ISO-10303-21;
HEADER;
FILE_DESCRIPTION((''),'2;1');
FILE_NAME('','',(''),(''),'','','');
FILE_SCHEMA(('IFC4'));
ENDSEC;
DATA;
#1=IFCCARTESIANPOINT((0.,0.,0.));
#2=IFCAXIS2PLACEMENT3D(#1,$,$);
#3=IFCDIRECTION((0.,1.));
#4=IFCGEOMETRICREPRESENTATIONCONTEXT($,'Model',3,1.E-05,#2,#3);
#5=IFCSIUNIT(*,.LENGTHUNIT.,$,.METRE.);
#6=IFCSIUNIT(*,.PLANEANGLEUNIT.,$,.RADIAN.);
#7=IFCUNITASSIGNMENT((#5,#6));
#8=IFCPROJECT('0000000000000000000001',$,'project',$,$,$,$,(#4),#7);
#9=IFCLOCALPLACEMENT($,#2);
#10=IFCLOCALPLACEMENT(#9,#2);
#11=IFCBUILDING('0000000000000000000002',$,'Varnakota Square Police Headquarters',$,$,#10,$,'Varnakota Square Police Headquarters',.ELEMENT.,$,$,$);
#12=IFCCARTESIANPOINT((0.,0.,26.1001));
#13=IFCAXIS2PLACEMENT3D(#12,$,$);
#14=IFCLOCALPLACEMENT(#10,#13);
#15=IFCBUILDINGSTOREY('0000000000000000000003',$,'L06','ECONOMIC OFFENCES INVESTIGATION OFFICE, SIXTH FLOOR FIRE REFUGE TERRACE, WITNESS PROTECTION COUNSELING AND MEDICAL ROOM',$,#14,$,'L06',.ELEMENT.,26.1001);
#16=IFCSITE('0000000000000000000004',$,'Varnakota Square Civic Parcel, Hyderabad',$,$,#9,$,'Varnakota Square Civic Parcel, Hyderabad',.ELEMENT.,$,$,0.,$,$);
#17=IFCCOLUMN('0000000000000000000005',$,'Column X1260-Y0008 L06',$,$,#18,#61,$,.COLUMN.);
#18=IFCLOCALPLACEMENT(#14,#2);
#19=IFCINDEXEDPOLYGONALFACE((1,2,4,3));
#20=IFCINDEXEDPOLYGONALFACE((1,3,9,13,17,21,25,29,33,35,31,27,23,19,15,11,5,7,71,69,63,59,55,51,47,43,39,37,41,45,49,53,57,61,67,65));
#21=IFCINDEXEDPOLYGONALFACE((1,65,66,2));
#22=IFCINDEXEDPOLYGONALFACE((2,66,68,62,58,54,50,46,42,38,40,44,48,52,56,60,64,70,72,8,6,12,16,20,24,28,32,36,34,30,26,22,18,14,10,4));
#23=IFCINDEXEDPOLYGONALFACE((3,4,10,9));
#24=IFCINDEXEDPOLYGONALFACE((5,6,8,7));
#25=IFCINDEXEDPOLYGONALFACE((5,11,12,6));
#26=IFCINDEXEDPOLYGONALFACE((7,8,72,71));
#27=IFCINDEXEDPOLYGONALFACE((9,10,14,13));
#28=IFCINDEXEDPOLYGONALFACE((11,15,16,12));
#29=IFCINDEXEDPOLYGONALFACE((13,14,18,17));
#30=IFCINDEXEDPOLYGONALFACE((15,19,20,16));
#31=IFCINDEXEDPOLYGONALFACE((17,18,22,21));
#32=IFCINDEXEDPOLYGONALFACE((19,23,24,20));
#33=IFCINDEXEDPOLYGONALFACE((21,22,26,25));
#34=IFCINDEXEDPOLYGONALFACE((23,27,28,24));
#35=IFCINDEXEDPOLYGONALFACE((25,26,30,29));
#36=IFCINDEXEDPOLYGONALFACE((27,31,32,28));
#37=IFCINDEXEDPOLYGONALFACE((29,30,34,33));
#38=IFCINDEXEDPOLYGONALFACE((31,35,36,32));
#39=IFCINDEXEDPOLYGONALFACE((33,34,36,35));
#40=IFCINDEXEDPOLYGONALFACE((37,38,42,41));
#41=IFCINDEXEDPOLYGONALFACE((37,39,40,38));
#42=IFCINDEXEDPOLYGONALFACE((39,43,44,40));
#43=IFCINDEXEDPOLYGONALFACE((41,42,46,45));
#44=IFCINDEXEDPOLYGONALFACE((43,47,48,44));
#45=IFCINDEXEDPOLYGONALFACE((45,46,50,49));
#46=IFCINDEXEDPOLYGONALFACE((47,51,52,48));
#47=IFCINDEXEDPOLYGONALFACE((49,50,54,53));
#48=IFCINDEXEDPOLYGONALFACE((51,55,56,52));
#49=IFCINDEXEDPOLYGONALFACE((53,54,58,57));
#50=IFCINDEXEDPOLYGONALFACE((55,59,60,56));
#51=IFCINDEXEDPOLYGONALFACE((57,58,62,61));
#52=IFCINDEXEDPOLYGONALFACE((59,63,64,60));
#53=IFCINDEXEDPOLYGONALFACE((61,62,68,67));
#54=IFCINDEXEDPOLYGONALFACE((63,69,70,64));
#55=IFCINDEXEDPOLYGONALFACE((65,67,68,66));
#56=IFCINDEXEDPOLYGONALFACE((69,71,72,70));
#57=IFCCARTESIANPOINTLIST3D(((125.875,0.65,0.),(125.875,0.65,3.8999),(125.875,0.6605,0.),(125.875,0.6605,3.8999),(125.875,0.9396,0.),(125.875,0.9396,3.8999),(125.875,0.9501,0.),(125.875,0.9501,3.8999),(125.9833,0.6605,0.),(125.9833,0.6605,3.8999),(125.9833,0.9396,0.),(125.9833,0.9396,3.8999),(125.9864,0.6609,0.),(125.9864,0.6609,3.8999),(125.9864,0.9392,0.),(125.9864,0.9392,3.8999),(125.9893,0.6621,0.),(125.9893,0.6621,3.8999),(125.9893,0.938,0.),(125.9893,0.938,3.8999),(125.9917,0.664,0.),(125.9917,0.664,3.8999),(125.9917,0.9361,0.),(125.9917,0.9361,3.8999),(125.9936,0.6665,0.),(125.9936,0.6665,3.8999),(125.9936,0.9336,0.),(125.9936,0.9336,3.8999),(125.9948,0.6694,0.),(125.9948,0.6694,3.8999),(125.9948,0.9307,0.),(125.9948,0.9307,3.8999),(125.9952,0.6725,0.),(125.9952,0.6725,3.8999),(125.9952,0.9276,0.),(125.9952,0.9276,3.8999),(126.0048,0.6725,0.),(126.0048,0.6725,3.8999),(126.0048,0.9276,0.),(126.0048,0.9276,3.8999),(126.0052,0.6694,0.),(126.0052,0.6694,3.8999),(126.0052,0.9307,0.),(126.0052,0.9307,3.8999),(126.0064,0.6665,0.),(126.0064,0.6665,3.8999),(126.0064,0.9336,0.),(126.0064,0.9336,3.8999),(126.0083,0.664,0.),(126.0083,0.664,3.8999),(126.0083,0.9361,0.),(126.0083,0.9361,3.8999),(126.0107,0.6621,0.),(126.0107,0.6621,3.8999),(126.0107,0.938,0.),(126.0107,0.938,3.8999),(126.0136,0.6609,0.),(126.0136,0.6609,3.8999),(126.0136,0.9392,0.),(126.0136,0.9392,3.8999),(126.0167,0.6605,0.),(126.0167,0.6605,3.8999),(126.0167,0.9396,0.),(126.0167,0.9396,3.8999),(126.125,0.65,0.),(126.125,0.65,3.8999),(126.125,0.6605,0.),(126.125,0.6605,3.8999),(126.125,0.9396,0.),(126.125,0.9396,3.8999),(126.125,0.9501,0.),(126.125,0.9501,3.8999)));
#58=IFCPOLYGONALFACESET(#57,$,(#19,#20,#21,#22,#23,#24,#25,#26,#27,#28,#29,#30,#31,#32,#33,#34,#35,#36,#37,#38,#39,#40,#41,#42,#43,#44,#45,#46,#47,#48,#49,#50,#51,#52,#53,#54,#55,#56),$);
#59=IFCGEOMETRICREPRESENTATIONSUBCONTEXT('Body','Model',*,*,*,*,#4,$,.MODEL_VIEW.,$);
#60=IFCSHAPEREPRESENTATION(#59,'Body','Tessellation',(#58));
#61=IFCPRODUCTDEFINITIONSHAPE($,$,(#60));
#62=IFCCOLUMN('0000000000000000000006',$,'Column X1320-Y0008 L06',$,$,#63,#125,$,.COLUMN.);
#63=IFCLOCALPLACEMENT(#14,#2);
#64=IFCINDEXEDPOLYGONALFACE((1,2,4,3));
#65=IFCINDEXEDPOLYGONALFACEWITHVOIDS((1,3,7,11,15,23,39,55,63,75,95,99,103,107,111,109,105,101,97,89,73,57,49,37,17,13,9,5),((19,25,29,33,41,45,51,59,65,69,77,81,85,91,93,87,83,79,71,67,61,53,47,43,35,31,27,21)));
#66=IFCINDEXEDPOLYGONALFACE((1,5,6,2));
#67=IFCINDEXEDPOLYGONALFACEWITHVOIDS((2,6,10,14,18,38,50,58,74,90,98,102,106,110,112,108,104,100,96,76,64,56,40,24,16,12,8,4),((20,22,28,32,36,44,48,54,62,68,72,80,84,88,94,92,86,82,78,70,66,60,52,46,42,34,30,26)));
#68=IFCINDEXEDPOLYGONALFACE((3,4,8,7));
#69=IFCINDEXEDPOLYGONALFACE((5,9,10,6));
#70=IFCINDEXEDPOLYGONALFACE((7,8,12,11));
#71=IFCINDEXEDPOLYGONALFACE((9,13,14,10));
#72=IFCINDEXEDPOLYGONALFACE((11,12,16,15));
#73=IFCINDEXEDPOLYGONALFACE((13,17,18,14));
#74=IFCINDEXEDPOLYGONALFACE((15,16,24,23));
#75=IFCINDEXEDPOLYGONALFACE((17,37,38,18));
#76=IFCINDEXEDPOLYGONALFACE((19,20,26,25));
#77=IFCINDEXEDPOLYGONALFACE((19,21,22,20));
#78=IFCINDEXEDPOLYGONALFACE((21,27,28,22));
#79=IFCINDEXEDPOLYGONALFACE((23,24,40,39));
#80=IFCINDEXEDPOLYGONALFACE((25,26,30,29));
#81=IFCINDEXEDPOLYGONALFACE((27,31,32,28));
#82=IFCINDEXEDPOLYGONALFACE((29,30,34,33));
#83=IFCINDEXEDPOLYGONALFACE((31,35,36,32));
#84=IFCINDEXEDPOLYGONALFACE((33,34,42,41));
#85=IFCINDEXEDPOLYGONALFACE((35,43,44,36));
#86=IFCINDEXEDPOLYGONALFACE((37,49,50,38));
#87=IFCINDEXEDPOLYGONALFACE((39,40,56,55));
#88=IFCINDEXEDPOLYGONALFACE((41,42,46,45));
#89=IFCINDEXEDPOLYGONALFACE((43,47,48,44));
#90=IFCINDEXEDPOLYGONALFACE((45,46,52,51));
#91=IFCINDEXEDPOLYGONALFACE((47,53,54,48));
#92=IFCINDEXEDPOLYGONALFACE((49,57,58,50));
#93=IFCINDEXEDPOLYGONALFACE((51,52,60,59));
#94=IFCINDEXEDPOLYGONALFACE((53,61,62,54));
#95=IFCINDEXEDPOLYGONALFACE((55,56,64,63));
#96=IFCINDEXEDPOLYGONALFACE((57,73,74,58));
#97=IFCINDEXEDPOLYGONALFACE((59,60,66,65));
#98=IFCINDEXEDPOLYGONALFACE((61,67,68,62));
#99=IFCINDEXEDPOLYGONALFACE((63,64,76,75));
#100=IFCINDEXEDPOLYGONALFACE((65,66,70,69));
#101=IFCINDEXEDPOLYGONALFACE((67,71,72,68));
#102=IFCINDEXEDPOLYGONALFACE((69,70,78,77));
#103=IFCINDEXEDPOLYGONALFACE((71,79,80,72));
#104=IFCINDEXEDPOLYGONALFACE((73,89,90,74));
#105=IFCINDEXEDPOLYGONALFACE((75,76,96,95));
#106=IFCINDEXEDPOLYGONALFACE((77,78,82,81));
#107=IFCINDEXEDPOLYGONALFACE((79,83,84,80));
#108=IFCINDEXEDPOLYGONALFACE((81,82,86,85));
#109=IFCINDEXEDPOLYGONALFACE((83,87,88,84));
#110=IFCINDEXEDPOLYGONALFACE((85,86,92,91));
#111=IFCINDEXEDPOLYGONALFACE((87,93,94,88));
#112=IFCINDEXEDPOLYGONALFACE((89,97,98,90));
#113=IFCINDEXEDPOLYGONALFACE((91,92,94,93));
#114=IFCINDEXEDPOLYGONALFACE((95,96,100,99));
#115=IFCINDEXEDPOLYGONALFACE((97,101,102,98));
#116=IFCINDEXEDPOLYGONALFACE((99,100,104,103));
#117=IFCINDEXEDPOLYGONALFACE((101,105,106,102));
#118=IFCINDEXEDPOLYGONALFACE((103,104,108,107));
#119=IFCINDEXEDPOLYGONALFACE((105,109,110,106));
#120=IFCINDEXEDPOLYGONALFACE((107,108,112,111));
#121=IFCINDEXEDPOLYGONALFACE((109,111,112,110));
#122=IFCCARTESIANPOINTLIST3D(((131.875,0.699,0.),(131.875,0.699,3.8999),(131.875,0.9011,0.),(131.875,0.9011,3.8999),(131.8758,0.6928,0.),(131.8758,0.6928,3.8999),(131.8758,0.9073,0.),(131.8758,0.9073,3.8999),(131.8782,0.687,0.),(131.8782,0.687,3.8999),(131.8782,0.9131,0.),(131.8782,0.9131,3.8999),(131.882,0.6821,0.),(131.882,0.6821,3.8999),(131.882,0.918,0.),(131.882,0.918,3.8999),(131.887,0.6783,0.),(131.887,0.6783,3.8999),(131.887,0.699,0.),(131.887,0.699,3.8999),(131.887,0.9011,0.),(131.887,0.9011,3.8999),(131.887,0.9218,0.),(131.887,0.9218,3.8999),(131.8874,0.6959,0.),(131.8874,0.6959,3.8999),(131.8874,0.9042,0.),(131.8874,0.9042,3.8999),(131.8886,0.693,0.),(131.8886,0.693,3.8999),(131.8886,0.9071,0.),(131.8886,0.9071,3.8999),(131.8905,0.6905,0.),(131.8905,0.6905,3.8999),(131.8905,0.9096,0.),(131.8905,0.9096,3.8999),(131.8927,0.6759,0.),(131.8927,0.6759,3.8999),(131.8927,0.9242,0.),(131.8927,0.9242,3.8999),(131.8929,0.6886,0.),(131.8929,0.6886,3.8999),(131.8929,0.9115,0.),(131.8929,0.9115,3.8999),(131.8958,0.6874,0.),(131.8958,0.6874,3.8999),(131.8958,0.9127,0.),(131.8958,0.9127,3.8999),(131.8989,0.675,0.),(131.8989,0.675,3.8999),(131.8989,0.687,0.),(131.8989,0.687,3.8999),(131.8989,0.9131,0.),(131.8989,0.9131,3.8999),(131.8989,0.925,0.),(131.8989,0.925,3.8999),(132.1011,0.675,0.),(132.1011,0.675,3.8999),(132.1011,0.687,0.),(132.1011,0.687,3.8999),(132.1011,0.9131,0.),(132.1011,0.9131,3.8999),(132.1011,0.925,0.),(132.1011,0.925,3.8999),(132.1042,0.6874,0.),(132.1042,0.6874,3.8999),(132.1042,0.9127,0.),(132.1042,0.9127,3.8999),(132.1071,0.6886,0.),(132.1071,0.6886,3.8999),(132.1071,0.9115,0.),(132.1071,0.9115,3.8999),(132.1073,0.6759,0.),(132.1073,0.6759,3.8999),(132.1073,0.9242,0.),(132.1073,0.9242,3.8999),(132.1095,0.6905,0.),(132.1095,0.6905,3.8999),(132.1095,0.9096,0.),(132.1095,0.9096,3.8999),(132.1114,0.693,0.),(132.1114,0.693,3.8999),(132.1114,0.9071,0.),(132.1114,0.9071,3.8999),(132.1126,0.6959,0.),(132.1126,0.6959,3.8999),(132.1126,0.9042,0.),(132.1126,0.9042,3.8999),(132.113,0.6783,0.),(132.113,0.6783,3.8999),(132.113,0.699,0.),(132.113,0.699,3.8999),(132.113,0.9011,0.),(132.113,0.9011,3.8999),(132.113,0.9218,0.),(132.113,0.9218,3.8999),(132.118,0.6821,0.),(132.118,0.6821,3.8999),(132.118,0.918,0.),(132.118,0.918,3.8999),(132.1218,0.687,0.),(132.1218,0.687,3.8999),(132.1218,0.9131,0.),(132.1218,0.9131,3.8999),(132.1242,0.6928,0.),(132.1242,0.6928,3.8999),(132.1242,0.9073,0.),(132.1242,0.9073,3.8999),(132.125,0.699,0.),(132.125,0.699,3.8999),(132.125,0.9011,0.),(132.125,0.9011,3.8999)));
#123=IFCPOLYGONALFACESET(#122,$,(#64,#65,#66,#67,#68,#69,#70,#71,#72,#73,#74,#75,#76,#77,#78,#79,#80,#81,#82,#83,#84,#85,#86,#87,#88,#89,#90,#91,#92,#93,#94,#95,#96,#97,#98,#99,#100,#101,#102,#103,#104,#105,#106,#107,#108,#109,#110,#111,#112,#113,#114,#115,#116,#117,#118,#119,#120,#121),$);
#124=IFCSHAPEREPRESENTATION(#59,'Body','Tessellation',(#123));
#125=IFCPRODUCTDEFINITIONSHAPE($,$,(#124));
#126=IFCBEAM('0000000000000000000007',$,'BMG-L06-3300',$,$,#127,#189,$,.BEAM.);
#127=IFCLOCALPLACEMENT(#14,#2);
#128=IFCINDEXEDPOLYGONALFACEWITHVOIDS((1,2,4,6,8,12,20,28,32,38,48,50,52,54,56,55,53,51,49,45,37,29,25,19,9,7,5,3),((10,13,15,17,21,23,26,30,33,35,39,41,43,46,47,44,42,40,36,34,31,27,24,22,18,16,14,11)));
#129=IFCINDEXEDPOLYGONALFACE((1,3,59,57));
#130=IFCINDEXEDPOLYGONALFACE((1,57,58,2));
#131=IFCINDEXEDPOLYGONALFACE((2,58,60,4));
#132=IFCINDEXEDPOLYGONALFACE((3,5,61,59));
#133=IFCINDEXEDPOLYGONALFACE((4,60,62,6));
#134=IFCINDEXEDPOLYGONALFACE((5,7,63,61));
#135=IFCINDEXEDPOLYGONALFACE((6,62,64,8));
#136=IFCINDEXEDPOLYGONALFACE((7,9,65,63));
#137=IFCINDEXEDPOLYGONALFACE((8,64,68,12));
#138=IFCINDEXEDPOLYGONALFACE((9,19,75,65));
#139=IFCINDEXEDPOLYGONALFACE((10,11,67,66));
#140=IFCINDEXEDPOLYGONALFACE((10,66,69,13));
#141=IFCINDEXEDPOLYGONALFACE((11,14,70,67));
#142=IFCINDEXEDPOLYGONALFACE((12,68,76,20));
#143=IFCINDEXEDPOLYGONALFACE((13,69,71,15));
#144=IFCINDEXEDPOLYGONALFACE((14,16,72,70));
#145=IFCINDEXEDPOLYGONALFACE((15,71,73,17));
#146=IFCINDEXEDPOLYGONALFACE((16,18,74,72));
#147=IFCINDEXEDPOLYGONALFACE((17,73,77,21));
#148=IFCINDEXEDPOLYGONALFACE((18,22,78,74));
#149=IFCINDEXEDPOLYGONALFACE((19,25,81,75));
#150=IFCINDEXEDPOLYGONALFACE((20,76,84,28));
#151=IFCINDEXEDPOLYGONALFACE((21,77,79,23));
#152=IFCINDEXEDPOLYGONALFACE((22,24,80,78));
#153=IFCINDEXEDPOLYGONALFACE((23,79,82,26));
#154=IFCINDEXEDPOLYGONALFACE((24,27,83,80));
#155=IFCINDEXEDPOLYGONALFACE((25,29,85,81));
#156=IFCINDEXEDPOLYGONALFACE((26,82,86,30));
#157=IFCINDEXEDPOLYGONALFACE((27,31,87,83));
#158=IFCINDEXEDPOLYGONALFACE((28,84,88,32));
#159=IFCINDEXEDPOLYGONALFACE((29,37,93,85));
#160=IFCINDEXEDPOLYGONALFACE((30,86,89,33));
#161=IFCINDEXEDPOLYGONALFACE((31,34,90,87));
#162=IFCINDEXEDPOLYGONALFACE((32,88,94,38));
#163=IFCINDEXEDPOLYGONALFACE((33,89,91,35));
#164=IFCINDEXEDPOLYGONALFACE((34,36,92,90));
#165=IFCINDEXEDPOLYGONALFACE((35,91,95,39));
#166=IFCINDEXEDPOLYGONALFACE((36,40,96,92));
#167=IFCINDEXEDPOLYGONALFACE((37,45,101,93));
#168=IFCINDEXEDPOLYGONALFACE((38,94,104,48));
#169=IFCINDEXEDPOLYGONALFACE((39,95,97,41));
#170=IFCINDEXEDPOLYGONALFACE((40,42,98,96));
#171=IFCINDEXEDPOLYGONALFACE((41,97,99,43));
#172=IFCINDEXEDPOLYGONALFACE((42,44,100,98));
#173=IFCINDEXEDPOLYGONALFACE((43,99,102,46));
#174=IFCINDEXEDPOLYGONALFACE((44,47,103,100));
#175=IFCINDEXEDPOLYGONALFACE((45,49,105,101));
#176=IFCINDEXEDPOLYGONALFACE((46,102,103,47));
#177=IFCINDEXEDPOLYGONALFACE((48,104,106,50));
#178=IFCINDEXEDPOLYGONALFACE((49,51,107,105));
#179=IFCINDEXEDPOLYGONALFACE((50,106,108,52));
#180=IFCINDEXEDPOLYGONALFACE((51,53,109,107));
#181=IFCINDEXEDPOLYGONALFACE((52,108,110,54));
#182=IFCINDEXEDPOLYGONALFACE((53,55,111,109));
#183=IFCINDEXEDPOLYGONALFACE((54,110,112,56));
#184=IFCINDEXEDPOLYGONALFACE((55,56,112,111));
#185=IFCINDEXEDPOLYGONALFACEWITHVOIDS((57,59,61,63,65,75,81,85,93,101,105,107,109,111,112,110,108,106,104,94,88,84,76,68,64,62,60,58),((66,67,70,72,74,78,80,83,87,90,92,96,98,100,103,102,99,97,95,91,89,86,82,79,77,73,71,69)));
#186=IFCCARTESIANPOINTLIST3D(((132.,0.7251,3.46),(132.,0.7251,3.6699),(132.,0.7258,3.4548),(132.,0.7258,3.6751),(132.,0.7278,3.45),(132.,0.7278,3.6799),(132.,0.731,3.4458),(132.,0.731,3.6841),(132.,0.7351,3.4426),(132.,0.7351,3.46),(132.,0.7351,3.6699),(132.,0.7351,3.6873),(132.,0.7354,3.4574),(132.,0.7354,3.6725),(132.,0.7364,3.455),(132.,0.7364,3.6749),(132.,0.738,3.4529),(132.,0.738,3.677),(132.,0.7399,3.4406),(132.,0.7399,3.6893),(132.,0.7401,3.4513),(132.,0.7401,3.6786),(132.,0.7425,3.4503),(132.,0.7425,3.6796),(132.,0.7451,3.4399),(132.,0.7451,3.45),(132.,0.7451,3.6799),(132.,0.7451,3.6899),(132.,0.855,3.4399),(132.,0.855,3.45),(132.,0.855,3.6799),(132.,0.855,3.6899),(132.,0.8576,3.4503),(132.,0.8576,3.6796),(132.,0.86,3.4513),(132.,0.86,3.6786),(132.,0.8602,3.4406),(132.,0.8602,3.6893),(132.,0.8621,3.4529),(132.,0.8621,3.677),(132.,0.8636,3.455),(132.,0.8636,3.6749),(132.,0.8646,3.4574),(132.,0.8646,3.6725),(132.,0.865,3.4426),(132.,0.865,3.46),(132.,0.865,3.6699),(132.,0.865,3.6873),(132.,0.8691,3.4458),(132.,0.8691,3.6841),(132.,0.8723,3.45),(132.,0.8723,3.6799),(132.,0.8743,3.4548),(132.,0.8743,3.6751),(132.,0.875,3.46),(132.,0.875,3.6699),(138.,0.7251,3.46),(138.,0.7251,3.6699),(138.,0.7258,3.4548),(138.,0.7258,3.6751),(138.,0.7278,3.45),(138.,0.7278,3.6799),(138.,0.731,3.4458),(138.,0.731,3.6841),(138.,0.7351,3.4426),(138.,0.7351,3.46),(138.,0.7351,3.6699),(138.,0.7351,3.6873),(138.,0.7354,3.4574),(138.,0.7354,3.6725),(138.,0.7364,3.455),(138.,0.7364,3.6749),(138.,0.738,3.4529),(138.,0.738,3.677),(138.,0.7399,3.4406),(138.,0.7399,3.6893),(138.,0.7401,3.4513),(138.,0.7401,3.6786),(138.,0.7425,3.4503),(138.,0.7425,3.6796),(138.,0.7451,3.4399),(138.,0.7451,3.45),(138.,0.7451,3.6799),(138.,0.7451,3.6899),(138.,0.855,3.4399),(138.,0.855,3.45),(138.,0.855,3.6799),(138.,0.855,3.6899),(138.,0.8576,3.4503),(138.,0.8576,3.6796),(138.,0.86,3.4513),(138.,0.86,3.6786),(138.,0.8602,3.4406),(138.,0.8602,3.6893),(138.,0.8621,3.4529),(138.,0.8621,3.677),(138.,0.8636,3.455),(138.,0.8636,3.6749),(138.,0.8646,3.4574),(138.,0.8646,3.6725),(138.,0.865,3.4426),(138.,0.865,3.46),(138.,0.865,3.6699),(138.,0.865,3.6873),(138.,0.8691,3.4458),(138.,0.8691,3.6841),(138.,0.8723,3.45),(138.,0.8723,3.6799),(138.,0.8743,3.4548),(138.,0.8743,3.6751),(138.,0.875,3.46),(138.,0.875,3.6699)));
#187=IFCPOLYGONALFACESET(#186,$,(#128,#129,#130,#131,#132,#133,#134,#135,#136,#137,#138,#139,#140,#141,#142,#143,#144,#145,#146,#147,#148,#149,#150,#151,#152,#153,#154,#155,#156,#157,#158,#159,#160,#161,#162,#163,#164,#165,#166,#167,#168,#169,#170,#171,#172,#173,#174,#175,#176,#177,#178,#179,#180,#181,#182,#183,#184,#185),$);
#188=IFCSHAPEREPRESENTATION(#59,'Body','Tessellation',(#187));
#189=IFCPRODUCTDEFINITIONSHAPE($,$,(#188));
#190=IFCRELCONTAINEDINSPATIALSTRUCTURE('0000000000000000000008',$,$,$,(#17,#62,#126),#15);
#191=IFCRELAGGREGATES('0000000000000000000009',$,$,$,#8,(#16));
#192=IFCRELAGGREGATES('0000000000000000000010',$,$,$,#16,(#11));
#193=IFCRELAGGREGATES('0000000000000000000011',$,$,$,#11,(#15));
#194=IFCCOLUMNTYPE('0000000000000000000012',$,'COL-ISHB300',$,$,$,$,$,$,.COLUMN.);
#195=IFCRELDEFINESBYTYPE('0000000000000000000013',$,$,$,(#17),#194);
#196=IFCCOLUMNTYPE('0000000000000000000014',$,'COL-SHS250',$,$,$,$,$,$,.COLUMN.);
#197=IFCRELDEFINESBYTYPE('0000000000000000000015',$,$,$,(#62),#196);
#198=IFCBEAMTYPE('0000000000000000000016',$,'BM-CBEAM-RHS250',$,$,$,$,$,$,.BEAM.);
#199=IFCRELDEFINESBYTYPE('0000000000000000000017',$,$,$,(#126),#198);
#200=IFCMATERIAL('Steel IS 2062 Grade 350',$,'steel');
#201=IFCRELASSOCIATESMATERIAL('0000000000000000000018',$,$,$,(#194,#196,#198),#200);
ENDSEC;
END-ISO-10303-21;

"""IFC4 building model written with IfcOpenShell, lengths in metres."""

from ifc_helpers import new_model, si_unit, direction, frame, origin, origin_2d, place, context, subcontext, project, spatial, hollow_rectangle, i_section, extrude, material, material_profile, profile_set, type_object, element, save


model = new_model("IFC4")

# Units and contexts
model_context = context("Model", 3, precision=1e-05, world=origin(), true_north=direction((0.0, 1.0)))
body_context = subcontext(model_context, "Body", "Model", "MODEL_VIEW")
ifc_project = project(units=[si_unit("LENGTHUNIT", "METRE"), si_unit("PLANEANGLEUNIT", "RADIAN")], contexts=[model_context])

# Site, building, storey
site_placement = place(None, origin())
site = spatial("IfcSite", under=ifc_project, at=site_placement, Name="Varnakota Square Civic Parcel, Hyderabad", LongName="Varnakota Square Civic Parcel, Hyderabad", CompositionType="ELEMENT", RefElevation=0.0)
building_placement = place(site_placement, origin())
building = spatial("IfcBuilding", under=site, at=building_placement, Name="Varnakota Square Police Headquarters", LongName="Varnakota Square Police Headquarters", CompositionType="ELEMENT")
storey_placement = place(building_placement, frame((0.0, 0.0, 26.1001)))
storey = spatial("IfcBuildingStorey", under=building, at=storey_placement, Name="L06", Description="ECONOMIC OFFENCES INVESTIGATION OFFICE, SIXTH FLOOR FIRE REFUGE TERRACE, WITNESS PROTECTION COUNSELING AND MEDICAL ROOM", LongName="L06", CompositionType="ELEMENT", Elevation=26.1001)

# Columns
ifc_material_1 = material(Name="Steel IS 2062 Grade 350", Category="steel")
ifc_material_profile_1 = material_profile(ifc_material_1, i_section(OverallWidth=0.25, OverallDepth=0.3, WebThickness=0.0095, FlangeThickness=0.0105, FilletRadius=0.012, at=origin_2d()), Name="ISHB 300")
ifc_profile_set_1 = profile_set([ifc_material_profile_1], Name="Steel IS 2062 Grade 350")
column_type_1 = type_object("IfcColumnType", Name="COL-ISHB300", PredefinedType="COLUMN", material=ifc_profile_set_1)
column_1_placement = place(storey_placement, frame((126.0, 0.8, 0.0), z_axis=(0.0, 0.0, 1.0), x_axis=(1.0, 0.0, 0.0)))
element("IfcColumn", 1, at=column_1_placement, inside=storey, type_object=column_type_1, Name="Column X1260-Y0008 L06", PredefinedType="COLUMN", context=body_context, shape_type="SweptSolid", body=[
    extrude(i_section(OverallWidth=0.25, OverallDepth=0.3, WebThickness=0.0095, FlangeThickness=0.0105, FilletRadius=0.012, at=origin_2d()), origin(), (0.0, 0.0, 1.0), 3.8999),
])
ifc_material_profile_2 = material_profile(ifc_material_1, hollow_rectangle(XDim=0.25, YDim=0.25, WallThickness=0.012, InnerFilletRadius=0.012, OuterFilletRadius=0.0239, at=origin_2d()), Name="SHS 250x250x12")
ifc_profile_set_2 = profile_set([ifc_material_profile_2], Name="Steel IS 2062 Grade 350")
column_type_2 = type_object("IfcColumnType", Name="COL-SHS250", PredefinedType="COLUMN", material=ifc_profile_set_2)
column_2_placement = place(storey_placement, frame((132.0, 0.8, 0.0), z_axis=(0.0, 0.0, 1.0), x_axis=(1.0, 0.0, 0.0)))
element("IfcColumn", 2, at=column_2_placement, inside=storey, type_object=column_type_2, Name="Column X1320-Y0008 L06", PredefinedType="COLUMN", context=body_context, shape_type="SweptSolid", body=[
    extrude(hollow_rectangle(XDim=0.25, YDim=0.25, WallThickness=0.012, InnerFilletRadius=0.012, OuterFilletRadius=0.0239, at=origin_2d()), origin(), (0.0, 0.0, 1.0), 3.8999),
])

# Beam
ifc_material_profile_3 = material_profile(ifc_material_1, hollow_rectangle(XDim=0.1499, YDim=0.25, WallThickness=0.01, InnerFilletRadius=0.01, OuterFilletRadius=0.02, at=origin_2d()), Name="RHS 250x150x10")
ifc_profile_set_3 = profile_set([ifc_material_profile_3], Name="Steel IS 2062 Grade 350")
beam_type_1 = type_object("IfcBeamType", Name="BM-CBEAM-RHS250", PredefinedType="BEAM", material=ifc_profile_set_3)
beam_1_placement = place(storey_placement, frame((132.0, 0.8, 3.5649), z_axis=(1.0, 0.0, 0.0), x_axis=(0.0, 1.0, 0.0)))
element("IfcBeam", 3, at=beam_1_placement, inside=storey, type_object=beam_type_1, Name="BMG-L06-3300", PredefinedType="BEAM", context=body_context, shape_type="SweptSolid", body=[
    extrude(hollow_rectangle(XDim=0.1499, YDim=0.25, WallThickness=0.01, InnerFilletRadius=0.01, OuterFilletRadius=0.02, at=origin_2d()), origin(), (0.0, 0.0, 1.0), 6.0),
])

save(model, "model.ifc")
